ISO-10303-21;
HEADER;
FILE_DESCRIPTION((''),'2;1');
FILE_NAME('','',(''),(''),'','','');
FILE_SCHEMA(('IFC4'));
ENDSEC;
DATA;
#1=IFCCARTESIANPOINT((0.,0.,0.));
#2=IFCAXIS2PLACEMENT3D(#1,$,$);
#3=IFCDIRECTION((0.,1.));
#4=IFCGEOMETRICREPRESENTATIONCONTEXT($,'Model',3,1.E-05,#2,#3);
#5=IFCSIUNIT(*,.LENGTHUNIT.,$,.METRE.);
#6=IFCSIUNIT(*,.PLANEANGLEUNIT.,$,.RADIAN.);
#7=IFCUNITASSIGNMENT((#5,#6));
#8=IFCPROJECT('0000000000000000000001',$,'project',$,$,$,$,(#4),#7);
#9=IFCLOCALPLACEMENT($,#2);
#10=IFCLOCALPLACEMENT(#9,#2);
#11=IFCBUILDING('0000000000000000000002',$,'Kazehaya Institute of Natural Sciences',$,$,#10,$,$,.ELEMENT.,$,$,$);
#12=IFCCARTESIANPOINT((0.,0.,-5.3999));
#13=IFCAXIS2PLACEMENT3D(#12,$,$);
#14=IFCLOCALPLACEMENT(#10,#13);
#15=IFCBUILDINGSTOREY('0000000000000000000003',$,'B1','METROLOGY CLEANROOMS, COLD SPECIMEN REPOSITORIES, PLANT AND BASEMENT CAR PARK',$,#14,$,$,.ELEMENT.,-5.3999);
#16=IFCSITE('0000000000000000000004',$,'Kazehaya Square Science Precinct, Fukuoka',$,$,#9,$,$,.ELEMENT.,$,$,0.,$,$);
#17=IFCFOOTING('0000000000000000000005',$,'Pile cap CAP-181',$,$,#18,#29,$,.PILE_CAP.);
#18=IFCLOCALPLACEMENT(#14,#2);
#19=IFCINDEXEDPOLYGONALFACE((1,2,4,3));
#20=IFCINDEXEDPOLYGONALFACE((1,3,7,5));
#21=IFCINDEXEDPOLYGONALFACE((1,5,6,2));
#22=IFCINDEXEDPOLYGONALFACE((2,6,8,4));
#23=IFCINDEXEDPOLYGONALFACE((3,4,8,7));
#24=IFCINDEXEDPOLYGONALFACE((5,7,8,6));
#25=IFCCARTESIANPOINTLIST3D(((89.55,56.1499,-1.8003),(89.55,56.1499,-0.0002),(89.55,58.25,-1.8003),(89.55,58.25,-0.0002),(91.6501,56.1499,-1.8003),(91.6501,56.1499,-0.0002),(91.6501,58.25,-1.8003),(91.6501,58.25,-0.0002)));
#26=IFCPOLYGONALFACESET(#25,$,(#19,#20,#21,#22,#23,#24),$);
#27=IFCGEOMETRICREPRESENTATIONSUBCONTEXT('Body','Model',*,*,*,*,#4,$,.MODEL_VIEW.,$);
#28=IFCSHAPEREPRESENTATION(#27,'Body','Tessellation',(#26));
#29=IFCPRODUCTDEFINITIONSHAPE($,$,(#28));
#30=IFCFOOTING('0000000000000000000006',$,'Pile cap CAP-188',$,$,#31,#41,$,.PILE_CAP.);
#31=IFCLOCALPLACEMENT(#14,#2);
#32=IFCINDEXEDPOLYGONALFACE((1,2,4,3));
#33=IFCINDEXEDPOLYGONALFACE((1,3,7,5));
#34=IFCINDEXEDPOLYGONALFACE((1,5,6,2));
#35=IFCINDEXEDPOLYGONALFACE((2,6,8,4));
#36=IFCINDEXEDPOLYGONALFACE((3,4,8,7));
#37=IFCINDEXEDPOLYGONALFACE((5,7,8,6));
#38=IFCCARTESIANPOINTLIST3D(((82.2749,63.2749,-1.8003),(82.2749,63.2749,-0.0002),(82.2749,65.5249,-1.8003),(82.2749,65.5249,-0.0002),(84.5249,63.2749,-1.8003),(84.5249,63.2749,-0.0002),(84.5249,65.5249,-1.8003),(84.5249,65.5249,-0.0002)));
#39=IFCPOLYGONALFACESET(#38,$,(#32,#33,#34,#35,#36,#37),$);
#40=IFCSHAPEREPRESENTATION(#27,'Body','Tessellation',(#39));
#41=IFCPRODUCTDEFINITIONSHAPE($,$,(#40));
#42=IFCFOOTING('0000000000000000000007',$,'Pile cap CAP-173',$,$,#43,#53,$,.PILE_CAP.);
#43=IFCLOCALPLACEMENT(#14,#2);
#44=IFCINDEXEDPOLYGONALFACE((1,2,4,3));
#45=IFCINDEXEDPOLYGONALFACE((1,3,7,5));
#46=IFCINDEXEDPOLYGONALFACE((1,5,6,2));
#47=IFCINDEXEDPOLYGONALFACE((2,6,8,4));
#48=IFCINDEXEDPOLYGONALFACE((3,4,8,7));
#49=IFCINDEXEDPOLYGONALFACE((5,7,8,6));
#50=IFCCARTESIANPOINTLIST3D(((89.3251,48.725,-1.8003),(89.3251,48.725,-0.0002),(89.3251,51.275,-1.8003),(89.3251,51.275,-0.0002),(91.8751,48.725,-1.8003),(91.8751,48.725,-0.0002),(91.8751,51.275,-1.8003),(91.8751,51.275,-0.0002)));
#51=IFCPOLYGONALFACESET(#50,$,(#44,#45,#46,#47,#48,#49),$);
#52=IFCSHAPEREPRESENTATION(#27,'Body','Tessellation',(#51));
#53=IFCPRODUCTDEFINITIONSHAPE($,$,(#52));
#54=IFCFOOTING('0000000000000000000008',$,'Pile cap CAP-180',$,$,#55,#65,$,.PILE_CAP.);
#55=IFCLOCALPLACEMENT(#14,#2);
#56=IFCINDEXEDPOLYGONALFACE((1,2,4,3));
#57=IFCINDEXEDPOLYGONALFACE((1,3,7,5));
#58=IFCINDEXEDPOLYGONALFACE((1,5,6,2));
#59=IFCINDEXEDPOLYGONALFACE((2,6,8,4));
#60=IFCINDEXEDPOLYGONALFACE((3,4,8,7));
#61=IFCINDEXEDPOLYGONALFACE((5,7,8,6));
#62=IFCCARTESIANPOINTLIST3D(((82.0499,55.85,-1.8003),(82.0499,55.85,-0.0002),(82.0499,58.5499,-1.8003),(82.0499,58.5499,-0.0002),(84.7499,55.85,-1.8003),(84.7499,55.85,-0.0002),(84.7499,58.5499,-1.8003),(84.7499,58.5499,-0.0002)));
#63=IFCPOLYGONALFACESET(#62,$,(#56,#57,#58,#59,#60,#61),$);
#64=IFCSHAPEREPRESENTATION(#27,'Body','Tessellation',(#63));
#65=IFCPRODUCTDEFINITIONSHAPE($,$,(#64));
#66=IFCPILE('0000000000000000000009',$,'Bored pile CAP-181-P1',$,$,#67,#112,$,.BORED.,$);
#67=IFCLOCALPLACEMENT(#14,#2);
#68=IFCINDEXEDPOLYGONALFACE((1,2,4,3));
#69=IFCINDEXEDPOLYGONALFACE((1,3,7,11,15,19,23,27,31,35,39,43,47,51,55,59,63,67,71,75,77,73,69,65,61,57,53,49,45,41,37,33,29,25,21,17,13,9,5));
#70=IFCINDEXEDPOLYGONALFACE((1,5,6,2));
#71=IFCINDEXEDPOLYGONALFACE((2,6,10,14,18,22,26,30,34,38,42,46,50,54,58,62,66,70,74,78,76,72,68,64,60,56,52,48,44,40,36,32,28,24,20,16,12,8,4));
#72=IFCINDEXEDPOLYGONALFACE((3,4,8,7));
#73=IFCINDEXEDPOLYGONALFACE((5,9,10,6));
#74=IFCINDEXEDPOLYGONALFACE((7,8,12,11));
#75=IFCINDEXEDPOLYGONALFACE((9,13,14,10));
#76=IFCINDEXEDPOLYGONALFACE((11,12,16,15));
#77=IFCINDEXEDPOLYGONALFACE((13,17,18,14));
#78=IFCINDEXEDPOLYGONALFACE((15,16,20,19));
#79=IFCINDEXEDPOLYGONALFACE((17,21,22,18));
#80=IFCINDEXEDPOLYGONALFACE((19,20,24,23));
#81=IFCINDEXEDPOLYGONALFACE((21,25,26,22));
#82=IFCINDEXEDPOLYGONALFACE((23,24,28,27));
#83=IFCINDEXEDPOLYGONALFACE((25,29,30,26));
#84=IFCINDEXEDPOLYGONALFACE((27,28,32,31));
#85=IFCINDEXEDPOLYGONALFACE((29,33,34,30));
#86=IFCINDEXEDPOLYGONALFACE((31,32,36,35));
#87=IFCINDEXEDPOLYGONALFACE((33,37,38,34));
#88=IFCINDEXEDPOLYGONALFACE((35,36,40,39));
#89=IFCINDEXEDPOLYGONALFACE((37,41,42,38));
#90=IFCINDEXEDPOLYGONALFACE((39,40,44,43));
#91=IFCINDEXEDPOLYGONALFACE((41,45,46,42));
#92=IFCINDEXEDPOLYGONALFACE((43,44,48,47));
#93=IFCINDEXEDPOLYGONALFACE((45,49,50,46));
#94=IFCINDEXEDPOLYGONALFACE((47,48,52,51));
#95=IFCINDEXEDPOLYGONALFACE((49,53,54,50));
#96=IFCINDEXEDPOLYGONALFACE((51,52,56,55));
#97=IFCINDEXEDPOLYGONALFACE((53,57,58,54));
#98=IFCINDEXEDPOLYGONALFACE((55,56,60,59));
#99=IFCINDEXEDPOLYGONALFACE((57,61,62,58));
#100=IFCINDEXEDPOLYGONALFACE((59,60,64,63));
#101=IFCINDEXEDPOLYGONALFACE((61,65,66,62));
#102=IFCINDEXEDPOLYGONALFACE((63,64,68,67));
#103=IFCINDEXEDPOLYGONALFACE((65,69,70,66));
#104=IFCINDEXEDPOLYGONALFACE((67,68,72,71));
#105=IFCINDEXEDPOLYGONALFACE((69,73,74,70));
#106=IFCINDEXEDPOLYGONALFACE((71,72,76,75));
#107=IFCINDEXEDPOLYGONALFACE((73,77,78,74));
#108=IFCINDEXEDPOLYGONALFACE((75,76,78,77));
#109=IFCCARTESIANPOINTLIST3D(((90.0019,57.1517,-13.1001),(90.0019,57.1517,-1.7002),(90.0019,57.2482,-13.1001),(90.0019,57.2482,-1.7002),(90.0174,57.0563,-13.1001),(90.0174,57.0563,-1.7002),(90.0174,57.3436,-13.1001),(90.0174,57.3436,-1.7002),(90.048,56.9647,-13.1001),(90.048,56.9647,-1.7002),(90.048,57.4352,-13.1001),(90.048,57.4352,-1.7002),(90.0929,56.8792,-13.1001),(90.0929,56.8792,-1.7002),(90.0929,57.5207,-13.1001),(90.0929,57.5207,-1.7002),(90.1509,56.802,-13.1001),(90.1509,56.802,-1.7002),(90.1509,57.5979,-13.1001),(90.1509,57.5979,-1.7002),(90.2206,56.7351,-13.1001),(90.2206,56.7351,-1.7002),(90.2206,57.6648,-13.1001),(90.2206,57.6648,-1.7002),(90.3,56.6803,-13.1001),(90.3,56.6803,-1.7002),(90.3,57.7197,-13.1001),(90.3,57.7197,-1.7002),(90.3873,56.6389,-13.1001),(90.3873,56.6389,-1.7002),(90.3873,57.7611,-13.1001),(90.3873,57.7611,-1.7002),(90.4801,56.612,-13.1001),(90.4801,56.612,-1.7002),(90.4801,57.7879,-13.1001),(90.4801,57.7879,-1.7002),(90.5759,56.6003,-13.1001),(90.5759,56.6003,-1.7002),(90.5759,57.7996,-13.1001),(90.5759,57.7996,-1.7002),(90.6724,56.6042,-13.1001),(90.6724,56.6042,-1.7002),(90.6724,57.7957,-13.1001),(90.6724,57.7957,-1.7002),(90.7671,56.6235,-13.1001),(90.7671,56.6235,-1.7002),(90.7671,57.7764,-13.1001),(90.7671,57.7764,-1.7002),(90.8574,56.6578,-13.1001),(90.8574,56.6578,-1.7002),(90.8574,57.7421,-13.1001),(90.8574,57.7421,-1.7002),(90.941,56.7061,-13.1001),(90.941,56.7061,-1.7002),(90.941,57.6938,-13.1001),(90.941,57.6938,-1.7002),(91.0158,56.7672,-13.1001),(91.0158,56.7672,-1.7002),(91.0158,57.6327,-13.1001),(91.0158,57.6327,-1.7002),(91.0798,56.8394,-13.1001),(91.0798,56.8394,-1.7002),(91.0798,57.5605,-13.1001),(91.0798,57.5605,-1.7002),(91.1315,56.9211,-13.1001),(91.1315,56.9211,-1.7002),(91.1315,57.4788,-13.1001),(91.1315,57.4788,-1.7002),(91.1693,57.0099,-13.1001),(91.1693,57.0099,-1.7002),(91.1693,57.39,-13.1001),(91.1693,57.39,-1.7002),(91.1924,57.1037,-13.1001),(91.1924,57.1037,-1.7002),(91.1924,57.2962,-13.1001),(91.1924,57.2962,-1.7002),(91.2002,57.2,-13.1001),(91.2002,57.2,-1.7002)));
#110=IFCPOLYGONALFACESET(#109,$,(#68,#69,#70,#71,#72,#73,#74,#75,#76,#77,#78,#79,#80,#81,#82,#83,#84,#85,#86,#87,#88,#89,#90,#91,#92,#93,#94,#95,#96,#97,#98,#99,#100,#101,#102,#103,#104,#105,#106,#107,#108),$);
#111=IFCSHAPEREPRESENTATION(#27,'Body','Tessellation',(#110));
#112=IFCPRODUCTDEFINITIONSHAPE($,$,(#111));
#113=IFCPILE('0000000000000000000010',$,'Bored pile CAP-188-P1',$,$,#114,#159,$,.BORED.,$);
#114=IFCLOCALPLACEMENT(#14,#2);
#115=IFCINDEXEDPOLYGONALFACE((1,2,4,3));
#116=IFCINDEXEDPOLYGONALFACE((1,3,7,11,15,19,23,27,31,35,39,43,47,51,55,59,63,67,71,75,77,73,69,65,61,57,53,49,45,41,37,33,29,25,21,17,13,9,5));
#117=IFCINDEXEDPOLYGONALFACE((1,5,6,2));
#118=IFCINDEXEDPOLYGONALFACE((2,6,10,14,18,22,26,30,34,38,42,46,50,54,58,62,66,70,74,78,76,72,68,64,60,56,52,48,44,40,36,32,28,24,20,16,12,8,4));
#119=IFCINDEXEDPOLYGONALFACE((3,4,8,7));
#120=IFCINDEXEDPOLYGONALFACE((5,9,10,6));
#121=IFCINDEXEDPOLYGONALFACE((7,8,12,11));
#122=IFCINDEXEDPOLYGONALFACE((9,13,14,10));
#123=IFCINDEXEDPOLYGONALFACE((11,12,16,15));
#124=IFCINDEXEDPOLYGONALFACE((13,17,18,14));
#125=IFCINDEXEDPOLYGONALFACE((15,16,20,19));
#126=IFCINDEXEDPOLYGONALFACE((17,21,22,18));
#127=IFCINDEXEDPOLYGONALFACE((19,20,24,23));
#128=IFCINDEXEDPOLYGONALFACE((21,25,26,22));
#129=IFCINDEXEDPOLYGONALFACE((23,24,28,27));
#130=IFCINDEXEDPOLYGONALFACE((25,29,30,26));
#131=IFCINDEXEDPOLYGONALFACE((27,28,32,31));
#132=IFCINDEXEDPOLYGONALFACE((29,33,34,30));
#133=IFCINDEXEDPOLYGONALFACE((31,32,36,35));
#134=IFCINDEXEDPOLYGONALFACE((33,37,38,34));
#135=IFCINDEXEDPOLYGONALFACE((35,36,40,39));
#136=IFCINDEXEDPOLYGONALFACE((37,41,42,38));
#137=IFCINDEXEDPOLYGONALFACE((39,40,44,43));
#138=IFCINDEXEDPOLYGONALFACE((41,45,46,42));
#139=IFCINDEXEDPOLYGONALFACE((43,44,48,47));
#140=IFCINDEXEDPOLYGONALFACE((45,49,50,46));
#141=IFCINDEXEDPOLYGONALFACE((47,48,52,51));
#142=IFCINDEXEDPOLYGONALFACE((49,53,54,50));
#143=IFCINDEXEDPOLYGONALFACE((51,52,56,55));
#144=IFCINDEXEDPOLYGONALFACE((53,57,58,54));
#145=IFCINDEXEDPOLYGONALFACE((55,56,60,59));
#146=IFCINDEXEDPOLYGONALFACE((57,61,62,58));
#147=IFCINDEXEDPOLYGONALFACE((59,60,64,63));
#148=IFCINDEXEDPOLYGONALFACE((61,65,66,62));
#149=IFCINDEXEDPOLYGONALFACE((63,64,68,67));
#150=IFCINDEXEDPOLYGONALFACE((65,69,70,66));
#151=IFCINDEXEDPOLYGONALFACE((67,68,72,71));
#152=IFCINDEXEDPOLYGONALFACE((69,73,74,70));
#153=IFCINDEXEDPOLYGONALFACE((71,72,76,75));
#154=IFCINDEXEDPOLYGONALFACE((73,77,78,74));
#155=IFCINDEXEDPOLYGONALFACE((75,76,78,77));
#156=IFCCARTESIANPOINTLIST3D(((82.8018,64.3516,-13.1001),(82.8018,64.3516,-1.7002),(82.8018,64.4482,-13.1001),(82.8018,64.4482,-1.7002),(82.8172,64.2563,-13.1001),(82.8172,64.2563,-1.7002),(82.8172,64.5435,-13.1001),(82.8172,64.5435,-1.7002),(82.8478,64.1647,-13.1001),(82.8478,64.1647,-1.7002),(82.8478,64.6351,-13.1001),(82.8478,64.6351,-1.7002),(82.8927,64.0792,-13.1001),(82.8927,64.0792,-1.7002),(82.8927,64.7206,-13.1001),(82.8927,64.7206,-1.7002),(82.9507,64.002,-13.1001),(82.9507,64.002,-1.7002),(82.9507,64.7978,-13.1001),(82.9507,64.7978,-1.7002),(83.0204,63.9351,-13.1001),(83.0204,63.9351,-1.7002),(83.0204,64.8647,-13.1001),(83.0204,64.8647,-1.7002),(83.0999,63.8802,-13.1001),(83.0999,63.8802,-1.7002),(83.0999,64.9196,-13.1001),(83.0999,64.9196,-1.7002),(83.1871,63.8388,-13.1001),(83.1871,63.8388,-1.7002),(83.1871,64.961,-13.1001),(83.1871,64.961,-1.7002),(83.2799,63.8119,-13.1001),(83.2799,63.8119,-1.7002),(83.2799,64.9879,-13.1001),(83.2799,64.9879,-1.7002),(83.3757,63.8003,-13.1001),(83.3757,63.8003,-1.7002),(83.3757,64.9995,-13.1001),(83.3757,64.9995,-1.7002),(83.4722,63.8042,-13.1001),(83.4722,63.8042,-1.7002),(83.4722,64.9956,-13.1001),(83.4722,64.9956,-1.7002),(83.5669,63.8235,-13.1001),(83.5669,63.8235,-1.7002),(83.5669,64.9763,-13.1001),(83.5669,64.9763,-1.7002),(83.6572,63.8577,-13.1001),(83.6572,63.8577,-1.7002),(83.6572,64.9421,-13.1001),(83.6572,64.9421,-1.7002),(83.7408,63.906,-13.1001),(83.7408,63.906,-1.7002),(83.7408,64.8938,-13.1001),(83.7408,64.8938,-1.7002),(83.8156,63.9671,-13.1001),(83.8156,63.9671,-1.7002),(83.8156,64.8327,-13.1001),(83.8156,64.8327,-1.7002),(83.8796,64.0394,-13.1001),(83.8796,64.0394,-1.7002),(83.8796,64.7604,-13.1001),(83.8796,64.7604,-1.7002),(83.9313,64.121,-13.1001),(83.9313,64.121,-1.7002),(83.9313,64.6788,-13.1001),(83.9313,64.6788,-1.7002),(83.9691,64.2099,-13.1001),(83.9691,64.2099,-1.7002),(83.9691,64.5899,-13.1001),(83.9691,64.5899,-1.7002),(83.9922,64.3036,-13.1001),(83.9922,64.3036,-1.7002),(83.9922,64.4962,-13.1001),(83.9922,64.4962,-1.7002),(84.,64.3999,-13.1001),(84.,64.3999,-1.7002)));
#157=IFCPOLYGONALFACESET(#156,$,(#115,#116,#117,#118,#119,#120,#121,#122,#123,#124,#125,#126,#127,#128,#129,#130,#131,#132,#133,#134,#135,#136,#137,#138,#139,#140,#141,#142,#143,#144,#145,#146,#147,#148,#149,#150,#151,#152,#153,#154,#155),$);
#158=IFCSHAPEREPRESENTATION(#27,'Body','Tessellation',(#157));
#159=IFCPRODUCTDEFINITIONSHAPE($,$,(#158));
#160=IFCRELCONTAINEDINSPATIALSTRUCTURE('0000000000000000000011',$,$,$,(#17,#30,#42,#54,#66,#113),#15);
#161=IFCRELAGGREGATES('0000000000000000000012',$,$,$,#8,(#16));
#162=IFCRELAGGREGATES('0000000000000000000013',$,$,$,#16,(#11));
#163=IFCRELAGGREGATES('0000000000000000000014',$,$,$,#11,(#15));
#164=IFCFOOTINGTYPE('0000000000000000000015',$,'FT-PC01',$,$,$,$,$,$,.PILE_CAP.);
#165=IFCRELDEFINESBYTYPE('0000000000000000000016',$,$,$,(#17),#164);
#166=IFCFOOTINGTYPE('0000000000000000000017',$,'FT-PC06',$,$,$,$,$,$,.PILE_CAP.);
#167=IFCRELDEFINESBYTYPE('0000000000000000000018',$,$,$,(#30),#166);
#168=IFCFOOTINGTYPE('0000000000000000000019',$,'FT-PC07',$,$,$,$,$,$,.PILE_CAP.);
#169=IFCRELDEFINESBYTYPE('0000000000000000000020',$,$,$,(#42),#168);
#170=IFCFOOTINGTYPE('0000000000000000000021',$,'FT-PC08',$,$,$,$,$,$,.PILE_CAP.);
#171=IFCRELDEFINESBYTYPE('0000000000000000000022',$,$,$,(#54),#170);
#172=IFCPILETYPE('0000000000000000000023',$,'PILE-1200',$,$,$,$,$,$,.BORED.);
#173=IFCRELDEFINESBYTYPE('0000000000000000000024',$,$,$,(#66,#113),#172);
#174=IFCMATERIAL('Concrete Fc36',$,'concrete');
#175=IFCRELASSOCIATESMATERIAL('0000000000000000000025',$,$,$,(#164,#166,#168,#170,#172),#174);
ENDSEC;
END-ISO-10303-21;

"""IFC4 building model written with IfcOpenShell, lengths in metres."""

from ifc_helpers import new_model, si_unit, direction, frame, origin, origin_2d, place, context, subcontext, project, spatial, rectangle, circle, extrude, material, material_profile, profile_set, type_object, element, save


model = new_model("IFC4")

# Units and contexts
model_context = context("Model", 3, precision=1e-05, world=origin(), true_north=direction((0.0, 1.0)))
body_context = subcontext(model_context, "Body", "Model", "MODEL_VIEW")
ifc_project = project(units=[si_unit("LENGTHUNIT", "METRE"), si_unit("PLANEANGLEUNIT", "RADIAN")], contexts=[model_context])

# Site, building, storey
site_placement = place(None, origin())
site = spatial("IfcSite", under=ifc_project, at=site_placement, Name="Kazehaya Square Science Precinct, Fukuoka", CompositionType="ELEMENT", RefElevation=0.0)
building_placement = place(site_placement, origin())
building = spatial("IfcBuilding", under=site, at=building_placement, Name="Kazehaya Institute of Natural Sciences", CompositionType="ELEMENT")
storey_placement = place(building_placement, frame((0.0, 0.0, -5.3999)))
storey = spatial("IfcBuildingStorey", under=building, at=storey_placement, Name="B1", Description="METROLOGY CLEANROOMS, COLD SPECIMEN REPOSITORIES, PLANT AND BASEMENT CAR PARK", CompositionType="ELEMENT", Elevation=-5.3999)

# Footings
ifc_material_1 = material(Name="Concrete Fc36", Category="concrete")
footing_type_1 = type_object("IfcFootingType", Name="FT-PC01", PredefinedType="PILE_CAP", material=ifc_material_1)
footing_1_placement = place(storey_placement, frame((90.6001, 57.2, -1.8003), z_axis=(0.0, 0.0, 1.0), x_axis=(1.0, 0.0, 0.0)))
element("IfcFooting", 1, at=footing_1_placement, inside=storey, type_object=footing_type_1, Name="Pile cap CAP-181", PredefinedType="PILE_CAP", context=body_context, shape_type="SweptSolid", body=[
    extrude(rectangle(XDim=2.1001, YDim=2.1001, at=origin_2d()), origin(), (0.0, 0.0, 1.0), 1.8),
])
footing_type_2 = type_object("IfcFootingType", Name="FT-PC06", PredefinedType="PILE_CAP", material=ifc_material_1)
footing_2_placement = place(storey_placement, frame((83.3999, 64.3999, -1.8003), z_axis=(0.0, 0.0, 1.0), x_axis=(1.0, 0.0, 0.0)))
element("IfcFooting", 2, at=footing_2_placement, inside=storey, type_object=footing_type_2, Name="Pile cap CAP-188", PredefinedType="PILE_CAP", context=body_context, shape_type="SweptSolid", body=[
    extrude(rectangle(XDim=2.25, YDim=2.25, at=origin_2d()), origin(), (0.0, 0.0, 1.0), 1.8),
])
footing_type_3 = type_object("IfcFootingType", Name="FT-PC07", PredefinedType="PILE_CAP", material=ifc_material_1)
footing_3_placement = place(storey_placement, frame((90.6001, 50.0, -1.8003), z_axis=(0.0, 0.0, 1.0), x_axis=(1.0, 0.0, 0.0)))
element("IfcFooting", 3, at=footing_3_placement, inside=storey, type_object=footing_type_3, Name="Pile cap CAP-173", PredefinedType="PILE_CAP", context=body_context, shape_type="SweptSolid", body=[
    extrude(rectangle(XDim=2.55, YDim=2.55, at=origin_2d()), origin(), (0.0, 0.0, 1.0), 1.8),
])
footing_type_4 = type_object("IfcFootingType", Name="FT-PC08", PredefinedType="PILE_CAP", material=ifc_material_1)
footing_4_placement = place(storey_placement, frame((83.3999, 57.2, -1.8003), z_axis=(0.0, 0.0, 1.0), x_axis=(1.0, 0.0, 0.0)))
element("IfcFooting", 4, at=footing_4_placement, inside=storey, type_object=footing_type_4, Name="Pile cap CAP-180", PredefinedType="PILE_CAP", context=body_context, shape_type="SweptSolid", body=[
    extrude(rectangle(XDim=2.7, YDim=2.7, at=origin_2d()), origin(), (0.0, 0.0, 1.0), 1.8),
])

# Piles
ifc_material_profile_1 = material_profile(ifc_material_1, circle(Radius=0.6001, at=origin_2d()), Name="PILE-1200")
ifc_profile_set_1 = profile_set([ifc_material_profile_1], Name="Concrete Fc36")
pile_type_1 = type_object("IfcPileType", Name="PILE-1200", PredefinedType="BORED", material=ifc_profile_set_1)
for number, where, z_axis, x_axis, name in (
    (5, (90.6001, 57.2, -1.7002), (0.0, 0.0, -1.0), (1.0, 0.0, 0.0), "Bored pile CAP-181-P1"),
    (6, (83.3999, 64.3999, -1.7002), (0.0, 0.0, -1.0), (1.0, 0.0, 0.0), "Bored pile CAP-188-P1"),
):
    element("IfcPile", number, at=place(storey_placement, frame(where, z_axis=z_axis, x_axis=x_axis)), inside=storey, type_object=pile_type_1, Name=name, PredefinedType="BORED", context=body_context, shape_type="SweptSolid", body=[
        extrude(circle(Radius=0.6001, at=origin_2d()), origin(), (0.0, 0.0, 1.0), 11.3999),
    ])

save(model, "model.ifc")
